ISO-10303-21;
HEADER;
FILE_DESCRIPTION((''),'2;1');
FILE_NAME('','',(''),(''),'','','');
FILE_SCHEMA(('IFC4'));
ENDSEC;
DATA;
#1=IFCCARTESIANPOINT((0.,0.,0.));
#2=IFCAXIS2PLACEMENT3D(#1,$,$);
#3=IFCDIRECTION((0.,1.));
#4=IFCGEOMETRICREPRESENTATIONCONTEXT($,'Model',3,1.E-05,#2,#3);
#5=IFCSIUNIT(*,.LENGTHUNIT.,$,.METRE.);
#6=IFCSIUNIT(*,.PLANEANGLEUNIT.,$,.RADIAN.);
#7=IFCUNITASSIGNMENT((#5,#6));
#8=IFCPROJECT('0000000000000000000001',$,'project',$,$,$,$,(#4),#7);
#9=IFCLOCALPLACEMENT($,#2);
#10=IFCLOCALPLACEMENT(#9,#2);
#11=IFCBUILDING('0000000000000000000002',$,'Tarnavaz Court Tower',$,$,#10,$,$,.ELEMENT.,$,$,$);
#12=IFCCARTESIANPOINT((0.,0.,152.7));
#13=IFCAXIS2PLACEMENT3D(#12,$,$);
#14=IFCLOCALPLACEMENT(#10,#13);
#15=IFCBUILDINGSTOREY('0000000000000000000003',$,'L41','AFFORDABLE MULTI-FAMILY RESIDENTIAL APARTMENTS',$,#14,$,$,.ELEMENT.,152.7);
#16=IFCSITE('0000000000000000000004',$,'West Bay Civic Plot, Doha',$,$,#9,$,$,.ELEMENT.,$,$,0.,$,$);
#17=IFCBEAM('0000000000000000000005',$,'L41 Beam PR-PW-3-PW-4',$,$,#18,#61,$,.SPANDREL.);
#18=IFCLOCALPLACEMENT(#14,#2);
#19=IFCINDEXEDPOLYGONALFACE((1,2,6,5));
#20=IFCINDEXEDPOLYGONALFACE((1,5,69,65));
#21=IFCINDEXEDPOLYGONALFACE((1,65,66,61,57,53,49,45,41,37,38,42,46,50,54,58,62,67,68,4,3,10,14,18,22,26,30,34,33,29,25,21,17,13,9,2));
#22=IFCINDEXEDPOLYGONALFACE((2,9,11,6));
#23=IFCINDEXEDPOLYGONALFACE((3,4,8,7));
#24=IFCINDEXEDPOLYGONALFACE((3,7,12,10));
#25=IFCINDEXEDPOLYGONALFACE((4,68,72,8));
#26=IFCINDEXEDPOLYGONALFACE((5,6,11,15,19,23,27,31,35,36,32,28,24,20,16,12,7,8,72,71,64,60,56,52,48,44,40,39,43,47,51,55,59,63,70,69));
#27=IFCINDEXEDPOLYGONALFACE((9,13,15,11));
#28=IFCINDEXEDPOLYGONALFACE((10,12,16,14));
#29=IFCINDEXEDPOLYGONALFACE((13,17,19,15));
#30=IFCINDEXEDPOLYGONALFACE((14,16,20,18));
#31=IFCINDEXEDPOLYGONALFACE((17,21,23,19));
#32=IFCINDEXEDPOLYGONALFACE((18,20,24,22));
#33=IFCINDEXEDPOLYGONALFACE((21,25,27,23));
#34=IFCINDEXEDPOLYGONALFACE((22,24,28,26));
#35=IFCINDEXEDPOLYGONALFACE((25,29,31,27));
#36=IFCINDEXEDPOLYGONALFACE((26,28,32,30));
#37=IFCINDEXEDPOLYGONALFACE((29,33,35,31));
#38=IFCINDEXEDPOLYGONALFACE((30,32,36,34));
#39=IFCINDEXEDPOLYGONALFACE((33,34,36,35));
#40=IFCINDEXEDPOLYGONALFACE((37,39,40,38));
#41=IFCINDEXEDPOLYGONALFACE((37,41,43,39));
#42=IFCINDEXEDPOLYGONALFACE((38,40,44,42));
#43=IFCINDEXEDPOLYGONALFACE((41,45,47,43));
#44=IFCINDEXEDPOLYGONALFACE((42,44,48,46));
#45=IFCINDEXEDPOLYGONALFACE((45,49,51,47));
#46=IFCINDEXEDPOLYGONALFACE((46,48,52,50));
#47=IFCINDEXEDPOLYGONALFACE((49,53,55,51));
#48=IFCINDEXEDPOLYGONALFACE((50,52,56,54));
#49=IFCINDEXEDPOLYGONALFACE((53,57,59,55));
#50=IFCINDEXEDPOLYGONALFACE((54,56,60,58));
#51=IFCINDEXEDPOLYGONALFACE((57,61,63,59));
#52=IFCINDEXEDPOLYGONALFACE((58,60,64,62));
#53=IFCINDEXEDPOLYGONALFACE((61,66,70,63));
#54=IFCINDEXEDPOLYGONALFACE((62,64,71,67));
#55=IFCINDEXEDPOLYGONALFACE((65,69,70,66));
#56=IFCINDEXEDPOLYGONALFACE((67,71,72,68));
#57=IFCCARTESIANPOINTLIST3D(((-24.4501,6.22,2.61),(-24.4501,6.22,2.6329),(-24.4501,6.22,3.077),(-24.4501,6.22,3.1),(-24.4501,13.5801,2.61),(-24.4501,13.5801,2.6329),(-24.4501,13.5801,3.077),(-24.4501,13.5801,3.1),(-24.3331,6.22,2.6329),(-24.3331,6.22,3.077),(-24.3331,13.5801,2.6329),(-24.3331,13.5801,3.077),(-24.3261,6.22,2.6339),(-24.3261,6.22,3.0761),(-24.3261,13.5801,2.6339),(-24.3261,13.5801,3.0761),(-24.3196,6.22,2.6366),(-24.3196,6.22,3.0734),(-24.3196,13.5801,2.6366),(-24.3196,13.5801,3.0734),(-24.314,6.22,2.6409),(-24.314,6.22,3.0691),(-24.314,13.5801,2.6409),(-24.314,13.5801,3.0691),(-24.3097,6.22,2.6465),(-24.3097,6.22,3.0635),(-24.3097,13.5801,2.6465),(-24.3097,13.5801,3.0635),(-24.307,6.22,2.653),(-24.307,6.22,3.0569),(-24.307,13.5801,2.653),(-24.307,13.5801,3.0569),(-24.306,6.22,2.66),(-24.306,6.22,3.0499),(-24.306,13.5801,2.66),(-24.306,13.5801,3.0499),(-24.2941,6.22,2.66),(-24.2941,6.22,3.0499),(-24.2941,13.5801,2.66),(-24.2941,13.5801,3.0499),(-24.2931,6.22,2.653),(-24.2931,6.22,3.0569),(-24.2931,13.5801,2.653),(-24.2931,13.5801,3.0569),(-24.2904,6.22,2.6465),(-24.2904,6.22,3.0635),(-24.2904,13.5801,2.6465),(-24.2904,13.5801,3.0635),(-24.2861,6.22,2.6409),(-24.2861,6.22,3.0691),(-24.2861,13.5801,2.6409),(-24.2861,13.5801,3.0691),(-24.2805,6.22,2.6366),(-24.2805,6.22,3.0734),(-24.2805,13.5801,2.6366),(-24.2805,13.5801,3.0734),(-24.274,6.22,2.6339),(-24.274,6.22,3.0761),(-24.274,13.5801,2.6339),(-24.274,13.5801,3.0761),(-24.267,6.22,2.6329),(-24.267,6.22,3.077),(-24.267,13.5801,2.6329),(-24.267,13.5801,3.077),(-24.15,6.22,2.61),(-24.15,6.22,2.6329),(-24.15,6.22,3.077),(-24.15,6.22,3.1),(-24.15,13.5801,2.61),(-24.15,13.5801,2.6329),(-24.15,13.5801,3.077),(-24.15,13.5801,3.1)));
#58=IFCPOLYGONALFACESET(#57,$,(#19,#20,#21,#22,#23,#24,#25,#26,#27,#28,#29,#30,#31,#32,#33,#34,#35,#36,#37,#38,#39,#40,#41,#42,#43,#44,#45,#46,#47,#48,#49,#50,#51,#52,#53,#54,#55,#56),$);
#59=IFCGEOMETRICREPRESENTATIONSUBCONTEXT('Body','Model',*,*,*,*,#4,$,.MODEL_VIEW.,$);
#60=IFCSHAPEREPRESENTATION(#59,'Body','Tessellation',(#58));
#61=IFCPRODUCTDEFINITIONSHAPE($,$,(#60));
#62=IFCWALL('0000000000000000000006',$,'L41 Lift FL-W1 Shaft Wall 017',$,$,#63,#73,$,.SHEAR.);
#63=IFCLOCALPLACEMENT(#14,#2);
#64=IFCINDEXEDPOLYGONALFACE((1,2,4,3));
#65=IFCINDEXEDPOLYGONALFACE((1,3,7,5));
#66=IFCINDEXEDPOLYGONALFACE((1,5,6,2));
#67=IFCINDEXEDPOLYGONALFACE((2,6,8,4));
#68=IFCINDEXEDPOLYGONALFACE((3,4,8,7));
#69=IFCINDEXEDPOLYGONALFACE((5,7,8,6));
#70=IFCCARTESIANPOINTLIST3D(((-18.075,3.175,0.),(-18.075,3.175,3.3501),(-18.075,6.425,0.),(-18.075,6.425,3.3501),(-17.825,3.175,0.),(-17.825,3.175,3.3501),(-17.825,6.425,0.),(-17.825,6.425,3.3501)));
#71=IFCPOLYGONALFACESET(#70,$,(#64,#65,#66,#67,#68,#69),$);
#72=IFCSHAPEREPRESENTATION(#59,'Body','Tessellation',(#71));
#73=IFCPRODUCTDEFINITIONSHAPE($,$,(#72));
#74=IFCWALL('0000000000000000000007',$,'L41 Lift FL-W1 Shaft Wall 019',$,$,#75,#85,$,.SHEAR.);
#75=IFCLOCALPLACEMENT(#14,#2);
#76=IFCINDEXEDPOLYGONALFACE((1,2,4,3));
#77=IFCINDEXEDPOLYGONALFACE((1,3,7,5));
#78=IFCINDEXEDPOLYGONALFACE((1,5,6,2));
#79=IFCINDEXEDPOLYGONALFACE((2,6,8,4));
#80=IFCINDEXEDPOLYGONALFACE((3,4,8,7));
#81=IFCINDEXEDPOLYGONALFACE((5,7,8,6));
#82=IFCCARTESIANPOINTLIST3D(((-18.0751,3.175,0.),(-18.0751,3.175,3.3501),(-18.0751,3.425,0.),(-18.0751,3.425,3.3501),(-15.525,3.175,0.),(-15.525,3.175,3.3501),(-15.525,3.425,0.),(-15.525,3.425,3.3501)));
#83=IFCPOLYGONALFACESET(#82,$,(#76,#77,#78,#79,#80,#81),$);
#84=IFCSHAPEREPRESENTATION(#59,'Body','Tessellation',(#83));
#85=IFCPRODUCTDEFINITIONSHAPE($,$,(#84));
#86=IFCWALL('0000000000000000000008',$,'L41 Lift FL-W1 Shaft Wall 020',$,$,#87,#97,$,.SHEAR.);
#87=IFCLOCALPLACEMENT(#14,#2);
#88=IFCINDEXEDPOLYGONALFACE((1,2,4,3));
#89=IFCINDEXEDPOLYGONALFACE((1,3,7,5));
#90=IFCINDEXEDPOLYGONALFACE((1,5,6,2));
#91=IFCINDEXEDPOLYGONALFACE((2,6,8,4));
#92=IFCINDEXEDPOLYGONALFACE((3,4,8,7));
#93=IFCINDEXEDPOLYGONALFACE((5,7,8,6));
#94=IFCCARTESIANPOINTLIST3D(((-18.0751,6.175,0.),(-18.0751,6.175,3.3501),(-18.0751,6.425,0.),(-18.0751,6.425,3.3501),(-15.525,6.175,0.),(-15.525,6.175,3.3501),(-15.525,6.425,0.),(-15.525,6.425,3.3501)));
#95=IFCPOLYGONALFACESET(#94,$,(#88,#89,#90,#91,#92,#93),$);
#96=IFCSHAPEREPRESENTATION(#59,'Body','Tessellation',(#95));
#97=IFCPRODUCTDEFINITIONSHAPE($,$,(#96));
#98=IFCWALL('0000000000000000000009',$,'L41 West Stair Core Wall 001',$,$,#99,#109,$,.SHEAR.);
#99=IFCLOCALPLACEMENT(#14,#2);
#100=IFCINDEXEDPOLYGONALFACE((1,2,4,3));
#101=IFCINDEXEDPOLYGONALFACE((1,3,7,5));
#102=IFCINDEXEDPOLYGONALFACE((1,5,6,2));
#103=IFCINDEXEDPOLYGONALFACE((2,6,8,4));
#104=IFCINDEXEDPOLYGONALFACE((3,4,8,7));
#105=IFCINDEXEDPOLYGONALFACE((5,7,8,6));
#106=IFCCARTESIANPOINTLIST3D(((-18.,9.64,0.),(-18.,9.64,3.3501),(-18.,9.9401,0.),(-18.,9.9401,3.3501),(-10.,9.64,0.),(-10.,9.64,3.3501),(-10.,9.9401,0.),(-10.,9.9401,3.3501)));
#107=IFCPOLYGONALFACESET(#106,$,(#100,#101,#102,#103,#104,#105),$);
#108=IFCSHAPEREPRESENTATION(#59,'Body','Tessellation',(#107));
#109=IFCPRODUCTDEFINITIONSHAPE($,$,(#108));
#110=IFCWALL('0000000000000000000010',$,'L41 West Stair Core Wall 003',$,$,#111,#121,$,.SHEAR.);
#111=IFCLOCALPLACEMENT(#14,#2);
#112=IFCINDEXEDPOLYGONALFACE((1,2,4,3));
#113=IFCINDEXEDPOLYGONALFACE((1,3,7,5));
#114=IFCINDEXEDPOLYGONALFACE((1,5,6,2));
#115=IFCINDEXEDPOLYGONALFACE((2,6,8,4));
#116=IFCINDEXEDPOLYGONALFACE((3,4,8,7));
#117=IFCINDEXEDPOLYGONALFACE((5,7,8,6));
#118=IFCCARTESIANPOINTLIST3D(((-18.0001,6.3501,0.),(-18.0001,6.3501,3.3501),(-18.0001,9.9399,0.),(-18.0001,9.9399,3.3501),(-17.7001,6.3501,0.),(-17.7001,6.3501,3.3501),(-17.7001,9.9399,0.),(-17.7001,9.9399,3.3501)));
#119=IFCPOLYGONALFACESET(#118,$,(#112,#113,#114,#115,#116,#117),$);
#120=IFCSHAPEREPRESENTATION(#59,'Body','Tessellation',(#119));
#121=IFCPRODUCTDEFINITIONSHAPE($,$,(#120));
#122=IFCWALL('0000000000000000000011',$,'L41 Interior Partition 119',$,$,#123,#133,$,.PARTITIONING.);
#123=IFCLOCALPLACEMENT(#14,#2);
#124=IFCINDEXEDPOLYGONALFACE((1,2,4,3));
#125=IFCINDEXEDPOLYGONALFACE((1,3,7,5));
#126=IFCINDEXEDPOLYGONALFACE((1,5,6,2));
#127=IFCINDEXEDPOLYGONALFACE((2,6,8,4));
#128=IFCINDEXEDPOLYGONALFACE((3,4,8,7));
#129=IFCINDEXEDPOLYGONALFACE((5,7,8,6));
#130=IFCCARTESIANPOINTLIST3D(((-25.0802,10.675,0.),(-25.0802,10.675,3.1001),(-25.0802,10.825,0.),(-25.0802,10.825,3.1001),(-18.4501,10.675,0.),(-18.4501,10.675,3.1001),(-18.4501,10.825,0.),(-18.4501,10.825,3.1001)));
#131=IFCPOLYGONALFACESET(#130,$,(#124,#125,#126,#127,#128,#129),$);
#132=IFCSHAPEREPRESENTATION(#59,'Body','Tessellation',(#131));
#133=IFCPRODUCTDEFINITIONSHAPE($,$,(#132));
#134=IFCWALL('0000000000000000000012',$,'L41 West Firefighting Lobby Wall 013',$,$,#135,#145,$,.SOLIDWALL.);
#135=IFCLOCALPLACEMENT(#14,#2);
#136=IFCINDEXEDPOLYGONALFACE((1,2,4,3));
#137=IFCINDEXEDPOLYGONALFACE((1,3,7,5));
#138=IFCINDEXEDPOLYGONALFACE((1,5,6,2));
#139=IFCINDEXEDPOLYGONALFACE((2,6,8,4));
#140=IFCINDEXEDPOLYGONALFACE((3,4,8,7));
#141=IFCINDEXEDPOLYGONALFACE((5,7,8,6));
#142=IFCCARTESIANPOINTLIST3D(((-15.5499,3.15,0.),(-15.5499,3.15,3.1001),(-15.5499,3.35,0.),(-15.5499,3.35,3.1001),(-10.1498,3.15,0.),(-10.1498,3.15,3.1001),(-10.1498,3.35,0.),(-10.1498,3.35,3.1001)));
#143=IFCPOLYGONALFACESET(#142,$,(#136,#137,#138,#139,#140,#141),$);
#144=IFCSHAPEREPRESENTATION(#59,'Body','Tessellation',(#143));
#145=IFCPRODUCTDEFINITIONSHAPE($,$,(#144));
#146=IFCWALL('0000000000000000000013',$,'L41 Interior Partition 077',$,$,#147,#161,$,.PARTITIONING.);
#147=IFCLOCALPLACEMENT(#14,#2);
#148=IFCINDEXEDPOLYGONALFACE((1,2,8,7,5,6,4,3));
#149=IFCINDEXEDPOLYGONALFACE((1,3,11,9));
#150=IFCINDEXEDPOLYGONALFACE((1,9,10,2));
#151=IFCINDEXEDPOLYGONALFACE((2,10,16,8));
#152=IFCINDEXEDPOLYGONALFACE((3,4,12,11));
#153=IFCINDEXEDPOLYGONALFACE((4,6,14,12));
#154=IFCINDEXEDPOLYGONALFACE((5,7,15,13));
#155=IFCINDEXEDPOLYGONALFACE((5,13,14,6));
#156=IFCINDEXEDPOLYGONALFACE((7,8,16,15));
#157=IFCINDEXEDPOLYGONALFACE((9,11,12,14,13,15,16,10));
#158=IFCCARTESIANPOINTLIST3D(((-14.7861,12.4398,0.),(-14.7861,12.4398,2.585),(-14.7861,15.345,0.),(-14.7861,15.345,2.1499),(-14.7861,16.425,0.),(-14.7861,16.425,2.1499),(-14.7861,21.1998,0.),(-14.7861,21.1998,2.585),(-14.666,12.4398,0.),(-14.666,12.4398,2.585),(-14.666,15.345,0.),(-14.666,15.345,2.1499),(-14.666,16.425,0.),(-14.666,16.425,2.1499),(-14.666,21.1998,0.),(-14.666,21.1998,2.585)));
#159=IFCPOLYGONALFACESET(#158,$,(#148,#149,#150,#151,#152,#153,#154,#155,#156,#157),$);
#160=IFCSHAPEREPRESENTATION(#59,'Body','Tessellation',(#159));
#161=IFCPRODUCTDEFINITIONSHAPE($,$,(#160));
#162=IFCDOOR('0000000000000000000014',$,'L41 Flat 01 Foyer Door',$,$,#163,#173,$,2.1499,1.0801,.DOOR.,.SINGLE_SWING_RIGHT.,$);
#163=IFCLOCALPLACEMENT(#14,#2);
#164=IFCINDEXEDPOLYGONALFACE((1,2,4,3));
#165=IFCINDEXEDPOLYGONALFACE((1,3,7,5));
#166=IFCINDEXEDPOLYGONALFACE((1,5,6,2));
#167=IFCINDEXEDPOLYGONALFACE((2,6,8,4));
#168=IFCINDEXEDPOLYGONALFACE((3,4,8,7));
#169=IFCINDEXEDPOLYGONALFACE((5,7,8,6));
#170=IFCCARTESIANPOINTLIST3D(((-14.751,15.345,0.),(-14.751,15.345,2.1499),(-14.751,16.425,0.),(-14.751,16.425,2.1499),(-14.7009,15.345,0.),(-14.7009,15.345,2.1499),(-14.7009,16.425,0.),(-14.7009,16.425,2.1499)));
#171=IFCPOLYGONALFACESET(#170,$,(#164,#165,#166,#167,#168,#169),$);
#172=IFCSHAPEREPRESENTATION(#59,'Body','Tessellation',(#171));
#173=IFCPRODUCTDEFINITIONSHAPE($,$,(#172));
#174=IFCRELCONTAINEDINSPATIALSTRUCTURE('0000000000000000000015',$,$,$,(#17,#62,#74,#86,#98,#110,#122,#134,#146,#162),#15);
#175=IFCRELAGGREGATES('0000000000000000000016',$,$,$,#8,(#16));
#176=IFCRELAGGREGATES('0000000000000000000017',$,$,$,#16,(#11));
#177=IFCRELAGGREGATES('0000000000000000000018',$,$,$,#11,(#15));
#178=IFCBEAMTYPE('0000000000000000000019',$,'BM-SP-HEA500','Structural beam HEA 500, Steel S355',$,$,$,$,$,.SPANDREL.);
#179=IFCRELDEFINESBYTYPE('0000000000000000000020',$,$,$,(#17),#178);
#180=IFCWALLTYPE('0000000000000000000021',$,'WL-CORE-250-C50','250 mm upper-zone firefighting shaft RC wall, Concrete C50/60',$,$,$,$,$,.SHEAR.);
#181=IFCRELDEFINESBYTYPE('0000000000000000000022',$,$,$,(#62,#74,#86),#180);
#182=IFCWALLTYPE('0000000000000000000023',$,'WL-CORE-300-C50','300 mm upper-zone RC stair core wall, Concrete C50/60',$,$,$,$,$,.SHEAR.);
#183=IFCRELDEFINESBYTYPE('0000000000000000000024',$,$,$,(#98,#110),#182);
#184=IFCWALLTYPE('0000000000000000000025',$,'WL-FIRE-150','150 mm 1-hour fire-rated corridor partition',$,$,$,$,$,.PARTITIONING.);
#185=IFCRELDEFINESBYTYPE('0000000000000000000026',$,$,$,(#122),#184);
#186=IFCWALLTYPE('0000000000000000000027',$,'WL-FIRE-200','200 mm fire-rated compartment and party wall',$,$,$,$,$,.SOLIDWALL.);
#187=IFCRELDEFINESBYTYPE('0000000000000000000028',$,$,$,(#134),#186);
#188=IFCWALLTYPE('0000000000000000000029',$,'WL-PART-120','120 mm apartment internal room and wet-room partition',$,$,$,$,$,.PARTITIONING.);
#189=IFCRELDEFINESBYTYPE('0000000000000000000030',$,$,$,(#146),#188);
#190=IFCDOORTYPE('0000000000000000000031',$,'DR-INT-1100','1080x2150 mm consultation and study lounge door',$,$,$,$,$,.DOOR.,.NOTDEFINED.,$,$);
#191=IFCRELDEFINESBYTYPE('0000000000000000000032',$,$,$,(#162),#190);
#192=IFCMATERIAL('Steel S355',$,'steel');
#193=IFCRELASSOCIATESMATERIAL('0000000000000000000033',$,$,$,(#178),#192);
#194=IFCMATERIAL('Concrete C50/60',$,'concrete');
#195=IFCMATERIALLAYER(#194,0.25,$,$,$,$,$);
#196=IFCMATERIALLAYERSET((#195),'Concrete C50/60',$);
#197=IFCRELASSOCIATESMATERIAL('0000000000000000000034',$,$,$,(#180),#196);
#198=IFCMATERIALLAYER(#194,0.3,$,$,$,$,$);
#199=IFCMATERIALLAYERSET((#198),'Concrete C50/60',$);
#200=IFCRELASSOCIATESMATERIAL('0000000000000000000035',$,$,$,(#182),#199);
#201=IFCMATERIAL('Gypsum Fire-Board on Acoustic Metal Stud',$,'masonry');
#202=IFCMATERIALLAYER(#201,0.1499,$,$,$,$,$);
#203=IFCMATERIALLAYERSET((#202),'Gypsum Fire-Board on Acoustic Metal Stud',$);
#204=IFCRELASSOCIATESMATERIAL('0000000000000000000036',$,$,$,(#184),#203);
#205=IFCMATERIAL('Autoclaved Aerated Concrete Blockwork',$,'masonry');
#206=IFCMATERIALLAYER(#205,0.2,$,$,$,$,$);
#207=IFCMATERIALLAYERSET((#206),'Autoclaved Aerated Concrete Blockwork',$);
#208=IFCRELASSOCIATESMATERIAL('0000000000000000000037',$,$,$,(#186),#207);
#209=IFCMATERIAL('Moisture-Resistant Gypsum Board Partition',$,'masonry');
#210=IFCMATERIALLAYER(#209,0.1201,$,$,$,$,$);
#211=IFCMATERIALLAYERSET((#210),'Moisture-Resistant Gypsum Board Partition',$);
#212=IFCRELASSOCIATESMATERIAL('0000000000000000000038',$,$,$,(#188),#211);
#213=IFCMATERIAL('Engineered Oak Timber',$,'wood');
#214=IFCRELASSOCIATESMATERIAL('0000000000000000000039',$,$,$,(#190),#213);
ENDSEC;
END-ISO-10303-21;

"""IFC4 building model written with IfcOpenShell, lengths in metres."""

from ifc_helpers import new_model, si_unit, direction, frame, frame_2d, origin, origin_2d, place, context, subcontext, project, spatial, rectangle, i_section, extrude, material, layer, layer_set, material_profile, profile_set, type_object, element, fill, save


model = new_model("IFC4")

# Units and contexts
model_context = context("Model", 3, precision=1e-05, world=origin(), true_north=direction((0.0, 1.0)))
body_context = subcontext(model_context, "Body", "Model", "MODEL_VIEW")
ifc_project = project(units=[si_unit("LENGTHUNIT", "METRE"), si_unit("PLANEANGLEUNIT", "RADIAN")], contexts=[model_context])

# Site, building, storey
site_placement = place(None, origin())
site = spatial("IfcSite", under=ifc_project, at=site_placement, Name="West Bay Civic Plot, Doha", CompositionType="ELEMENT", RefElevation=0.0)
building_placement = place(site_placement, origin())
building = spatial("IfcBuilding", under=site, at=building_placement, Name="Tarnavaz Court Tower", CompositionType="ELEMENT")
storey_placement = place(building_placement, frame((0.0, 0.0, 152.7)))
storey = spatial("IfcBuildingStorey", under=building, at=storey_placement, Name="L41", Description="AFFORDABLE MULTI-FAMILY RESIDENTIAL APARTMENTS", CompositionType="ELEMENT", Elevation=152.7)

# Shared definitions
ifc_material_1 = material(Name="Concrete C50/60", Category="concrete")

# Beam
ifc_material_2 = material(Name="Steel S355", Category="steel")
ifc_material_profile_1 = material_profile(ifc_material_2, i_section(OverallWidth=0.3, OverallDepth=0.49, WebThickness=0.012, FlangeThickness=0.0229, FilletRadius=0.0271, at=origin_2d()), Name="HEA 500")
ifc_profile_set_1 = profile_set([ifc_material_profile_1], Name="Steel S355")
beam_type_1 = type_object("IfcBeamType", Name="BM-SP-HEA500", Description="Structural beam HEA 500, Steel S355", PredefinedType="SPANDREL", material=ifc_profile_set_1)
beam_1_placement = place(storey_placement, frame((-24.3, 6.22, 2.855), z_axis=(0.0, 1.0, 0.0), x_axis=(-1.0, 0.0, 0.0)))
element("IfcBeam", 1, at=beam_1_placement, inside=storey, type_object=beam_type_1, Name="L41 Beam PR-PW-3-PW-4", PredefinedType="SPANDREL", context=body_context, shape_type="SweptSolid", body=[
    extrude(i_section(OverallWidth=0.3, OverallDepth=0.49, WebThickness=0.012, FlangeThickness=0.0229, FilletRadius=0.0271, at=origin_2d()), origin(), (0.0, 0.0, 1.0), 7.3601),
])

# Wall
ifc_layer_1 = layer(ifc_material_1, 0.25)
ifc_layer_set_1 = layer_set([ifc_layer_1], Name="Concrete C50/60")
wall_type_1 = type_object("IfcWallType", Name="WL-CORE-250-C50", Description="250 mm upper-zone firefighting shaft RC wall, Concrete C50/60", PredefinedType="SHEAR", material=ifc_layer_set_1)
wall_1_placement = place(storey_placement, frame((-17.95, 3.175, 0.0), z_axis=(0.0, 0.0, 1.0), x_axis=(0.0, 1.0, 0.0)))
element("IfcWall", 2, at=wall_1_placement, inside=storey, type_object=wall_type_1, Name="L41 Lift FL-W1 Shaft Wall 017", PredefinedType="SHEAR", context=body_context, shape_type="SweptSolid", body=[
    extrude(rectangle(XDim=3.25, YDim=0.25, at=frame_2d((1.625, 0.0))), origin(), (0.0, 0.0, 1.0), 3.3501),
])

# Walls
for number, where, z_axis, x_axis, name in (
    (3, (-18.075, 3.3, 0.0), (0.0, 0.0, 1.0), (1.0, 0.0, 0.0), "L41 Lift FL-W1 Shaft Wall 019"),
    (4, (-18.075, 6.3, 0.0), (0.0, 0.0, 1.0), (1.0, 0.0, 0.0), "L41 Lift FL-W1 Shaft Wall 020"),
):
    element("IfcWall", number, at=place(storey_placement, frame(where, z_axis=z_axis, x_axis=x_axis)), inside=storey, type_object=wall_type_1, Name=name, PredefinedType="SHEAR", context=body_context, shape_type="SweptSolid", body=[
        extrude(rectangle(XDim=2.55, YDim=0.25, at=frame_2d((1.2749, 0.0))), origin(), (0.0, 0.0, 1.0), 3.3501),
    ])
ifc_layer_2 = layer(ifc_material_1, 0.3)
ifc_layer_set_2 = layer_set([ifc_layer_2], Name="Concrete C50/60")
wall_type_2 = type_object("IfcWallType", Name="WL-CORE-300-C50", Description="300 mm upper-zone RC stair core wall, Concrete C50/60", PredefinedType="SHEAR", material=ifc_layer_set_2)
wall_2_placement = place(storey_placement, frame((-18.0, 9.79, 0.0), z_axis=(0.0, 0.0, 1.0), x_axis=(1.0, 0.0, 0.0)))
element("IfcWall", 5, at=wall_2_placement, inside=storey, type_object=wall_type_2, Name="L41 West Stair Core Wall 001", PredefinedType="SHEAR", context=body_context, shape_type="SweptSolid", body=[
    extrude(rectangle(XDim=8.0, YDim=0.3, at=frame_2d((4.0, 0.0))), origin(), (0.0, 0.0, 1.0), 3.3501),
])

# Walls
wall_3_placement = place(storey_placement, frame((-17.8501, 6.3501, 0.0), z_axis=(0.0, 0.0, 1.0), x_axis=(0.0, 1.0, 0.0)))
element("IfcWall", 6, at=wall_3_placement, inside=storey, type_object=wall_type_2, Name="L41 West Stair Core Wall 003", PredefinedType="SHEAR", context=body_context, shape_type="SweptSolid", body=[
    extrude(rectangle(XDim=3.5898, YDim=0.3, at=frame_2d((1.7949, 0.0))), origin(), (0.0, 0.0, 1.0), 3.3501),
])
ifc_material_3 = material(Name="Gypsum Fire-Board on Acoustic Metal Stud", Category="masonry")
ifc_layer_3 = layer(ifc_material_3, 0.1499)
ifc_layer_set_3 = layer_set([ifc_layer_3], Name="Gypsum Fire-Board on Acoustic Metal Stud")
wall_type_3 = type_object("IfcWallType", Name="WL-FIRE-150", Description="150 mm 1-hour fire-rated corridor partition", PredefinedType="PARTITIONING", material=ifc_layer_set_3)
wall_4_placement = place(storey_placement, frame((-25.0801, 10.75, 0.0), z_axis=(0.0, 0.0, 1.0), x_axis=(1.0, 0.0, 0.0)))
element("IfcWall", 7, at=wall_4_placement, inside=storey, type_object=wall_type_3, Name="L41 Interior Partition 119", PredefinedType="PARTITIONING", context=body_context, shape_type="SweptSolid", body=[
    extrude(rectangle(XDim=6.6301, YDim=0.1499, at=frame_2d((3.3149, 0.0))), origin(), (0.0, 0.0, 1.0), 3.1001),
])
ifc_material_4 = material(Name="Autoclaved Aerated Concrete Blockwork", Category="masonry")
ifc_layer_4 = layer(ifc_material_4, 0.2)
ifc_layer_set_4 = layer_set([ifc_layer_4], Name="Autoclaved Aerated Concrete Blockwork")
wall_type_4 = type_object("IfcWallType", Name="WL-FIRE-200", Description="200 mm fire-rated compartment and party wall", PredefinedType="SOLIDWALL", material=ifc_layer_set_4)
wall_5_placement = place(storey_placement, frame((-15.55, 3.25, 0.0), z_axis=(0.0, 0.0, 1.0), x_axis=(1.0, 0.0, 0.0)))
element("IfcWall", 8, at=wall_5_placement, inside=storey, type_object=wall_type_4, Name="L41 West Firefighting Lobby Wall 013", PredefinedType="SOLIDWALL", context=body_context, shape_type="SweptSolid", body=[
    extrude(rectangle(XDim=5.4001, YDim=0.2, at=frame_2d((2.7002, 0.0))), origin(), (0.0, 0.0, 1.0), 3.1001),
])

# Wall, opening, door
ifc_material_5 = material(Name="Moisture-Resistant Gypsum Board Partition", Category="masonry")
ifc_layer_5 = layer(ifc_material_5, 0.1201)
ifc_layer_set_5 = layer_set([ifc_layer_5], Name="Moisture-Resistant Gypsum Board Partition")
wall_type_5 = type_object("IfcWallType", Name="WL-PART-120", Description="120 mm apartment internal room and wet-room partition", PredefinedType="PARTITIONING", material=ifc_layer_set_5)
wall_6_placement = place(storey_placement, frame((-14.7261, 12.4399, 0.0), z_axis=(0.0, 0.0, 1.0), x_axis=(0.0, 1.0, 0.0)))
wall_6 = element("IfcWall", 9, at=wall_6_placement, inside=storey, type_object=wall_type_5, Name="L41 Interior Partition 077", PredefinedType="PARTITIONING", context=body_context, shape_type="SweptSolid", body=[
    extrude(rectangle(XDim=8.76, YDim=0.1201, at=frame_2d((4.3799, 0.0))), origin(), (0.0, 0.0, 1.0), 2.585),
])
opening_1_placement = place(wall_6_placement, frame((2.905, 0.0, 0.0)))
opening_1 = element("IfcOpeningElement", 10, at=opening_1_placement, cuts=wall_6, PredefinedType="OPENING", context=body_context, shape_type="SweptSolid", body=[
    extrude(rectangle(XDim=1.0801, YDim=2.1499, at=frame_2d((0.54, 1.075))), frame((0.0, 0.0701, 0.0), z_axis=(0.0, -1.0, 0.0), x_axis=(1.0, 0.0, 0.0)), (0.0, 0.0, 1.0), 0.1401),
])
ifc_material_6 = material(Name="Engineered Oak Timber", Category="wood")
door_type_1 = type_object("IfcDoorType", Name="DR-INT-1100", Description="1080x2150 mm consultation and study lounge door", OperationType="NOTDEFINED", PredefinedType="DOOR", material=ifc_material_6)
door_1_placement = place(opening_1_placement, origin())
door_1 = element("IfcDoor", 11, at=door_1_placement, inside=storey, type_object=door_type_1, Name="L41 Flat 01 Foyer Door", OperationType="SINGLE_SWING_RIGHT", OverallHeight=2.1499, OverallWidth=1.0801, PredefinedType="DOOR", context=body_context, shape_type="SweptSolid", body=[
    extrude(rectangle(XDim=1.0801, YDim=2.1499, at=frame_2d((0.54, 1.075))), frame((0.0, 0.0249, 0.0), z_axis=(0.0, -1.0, 0.0), x_axis=(1.0, 0.0, 0.0)), (0.0, 0.0, 1.0), 0.05),
])
fill(opening_1, door_1)

save(model, "model.ifc")
